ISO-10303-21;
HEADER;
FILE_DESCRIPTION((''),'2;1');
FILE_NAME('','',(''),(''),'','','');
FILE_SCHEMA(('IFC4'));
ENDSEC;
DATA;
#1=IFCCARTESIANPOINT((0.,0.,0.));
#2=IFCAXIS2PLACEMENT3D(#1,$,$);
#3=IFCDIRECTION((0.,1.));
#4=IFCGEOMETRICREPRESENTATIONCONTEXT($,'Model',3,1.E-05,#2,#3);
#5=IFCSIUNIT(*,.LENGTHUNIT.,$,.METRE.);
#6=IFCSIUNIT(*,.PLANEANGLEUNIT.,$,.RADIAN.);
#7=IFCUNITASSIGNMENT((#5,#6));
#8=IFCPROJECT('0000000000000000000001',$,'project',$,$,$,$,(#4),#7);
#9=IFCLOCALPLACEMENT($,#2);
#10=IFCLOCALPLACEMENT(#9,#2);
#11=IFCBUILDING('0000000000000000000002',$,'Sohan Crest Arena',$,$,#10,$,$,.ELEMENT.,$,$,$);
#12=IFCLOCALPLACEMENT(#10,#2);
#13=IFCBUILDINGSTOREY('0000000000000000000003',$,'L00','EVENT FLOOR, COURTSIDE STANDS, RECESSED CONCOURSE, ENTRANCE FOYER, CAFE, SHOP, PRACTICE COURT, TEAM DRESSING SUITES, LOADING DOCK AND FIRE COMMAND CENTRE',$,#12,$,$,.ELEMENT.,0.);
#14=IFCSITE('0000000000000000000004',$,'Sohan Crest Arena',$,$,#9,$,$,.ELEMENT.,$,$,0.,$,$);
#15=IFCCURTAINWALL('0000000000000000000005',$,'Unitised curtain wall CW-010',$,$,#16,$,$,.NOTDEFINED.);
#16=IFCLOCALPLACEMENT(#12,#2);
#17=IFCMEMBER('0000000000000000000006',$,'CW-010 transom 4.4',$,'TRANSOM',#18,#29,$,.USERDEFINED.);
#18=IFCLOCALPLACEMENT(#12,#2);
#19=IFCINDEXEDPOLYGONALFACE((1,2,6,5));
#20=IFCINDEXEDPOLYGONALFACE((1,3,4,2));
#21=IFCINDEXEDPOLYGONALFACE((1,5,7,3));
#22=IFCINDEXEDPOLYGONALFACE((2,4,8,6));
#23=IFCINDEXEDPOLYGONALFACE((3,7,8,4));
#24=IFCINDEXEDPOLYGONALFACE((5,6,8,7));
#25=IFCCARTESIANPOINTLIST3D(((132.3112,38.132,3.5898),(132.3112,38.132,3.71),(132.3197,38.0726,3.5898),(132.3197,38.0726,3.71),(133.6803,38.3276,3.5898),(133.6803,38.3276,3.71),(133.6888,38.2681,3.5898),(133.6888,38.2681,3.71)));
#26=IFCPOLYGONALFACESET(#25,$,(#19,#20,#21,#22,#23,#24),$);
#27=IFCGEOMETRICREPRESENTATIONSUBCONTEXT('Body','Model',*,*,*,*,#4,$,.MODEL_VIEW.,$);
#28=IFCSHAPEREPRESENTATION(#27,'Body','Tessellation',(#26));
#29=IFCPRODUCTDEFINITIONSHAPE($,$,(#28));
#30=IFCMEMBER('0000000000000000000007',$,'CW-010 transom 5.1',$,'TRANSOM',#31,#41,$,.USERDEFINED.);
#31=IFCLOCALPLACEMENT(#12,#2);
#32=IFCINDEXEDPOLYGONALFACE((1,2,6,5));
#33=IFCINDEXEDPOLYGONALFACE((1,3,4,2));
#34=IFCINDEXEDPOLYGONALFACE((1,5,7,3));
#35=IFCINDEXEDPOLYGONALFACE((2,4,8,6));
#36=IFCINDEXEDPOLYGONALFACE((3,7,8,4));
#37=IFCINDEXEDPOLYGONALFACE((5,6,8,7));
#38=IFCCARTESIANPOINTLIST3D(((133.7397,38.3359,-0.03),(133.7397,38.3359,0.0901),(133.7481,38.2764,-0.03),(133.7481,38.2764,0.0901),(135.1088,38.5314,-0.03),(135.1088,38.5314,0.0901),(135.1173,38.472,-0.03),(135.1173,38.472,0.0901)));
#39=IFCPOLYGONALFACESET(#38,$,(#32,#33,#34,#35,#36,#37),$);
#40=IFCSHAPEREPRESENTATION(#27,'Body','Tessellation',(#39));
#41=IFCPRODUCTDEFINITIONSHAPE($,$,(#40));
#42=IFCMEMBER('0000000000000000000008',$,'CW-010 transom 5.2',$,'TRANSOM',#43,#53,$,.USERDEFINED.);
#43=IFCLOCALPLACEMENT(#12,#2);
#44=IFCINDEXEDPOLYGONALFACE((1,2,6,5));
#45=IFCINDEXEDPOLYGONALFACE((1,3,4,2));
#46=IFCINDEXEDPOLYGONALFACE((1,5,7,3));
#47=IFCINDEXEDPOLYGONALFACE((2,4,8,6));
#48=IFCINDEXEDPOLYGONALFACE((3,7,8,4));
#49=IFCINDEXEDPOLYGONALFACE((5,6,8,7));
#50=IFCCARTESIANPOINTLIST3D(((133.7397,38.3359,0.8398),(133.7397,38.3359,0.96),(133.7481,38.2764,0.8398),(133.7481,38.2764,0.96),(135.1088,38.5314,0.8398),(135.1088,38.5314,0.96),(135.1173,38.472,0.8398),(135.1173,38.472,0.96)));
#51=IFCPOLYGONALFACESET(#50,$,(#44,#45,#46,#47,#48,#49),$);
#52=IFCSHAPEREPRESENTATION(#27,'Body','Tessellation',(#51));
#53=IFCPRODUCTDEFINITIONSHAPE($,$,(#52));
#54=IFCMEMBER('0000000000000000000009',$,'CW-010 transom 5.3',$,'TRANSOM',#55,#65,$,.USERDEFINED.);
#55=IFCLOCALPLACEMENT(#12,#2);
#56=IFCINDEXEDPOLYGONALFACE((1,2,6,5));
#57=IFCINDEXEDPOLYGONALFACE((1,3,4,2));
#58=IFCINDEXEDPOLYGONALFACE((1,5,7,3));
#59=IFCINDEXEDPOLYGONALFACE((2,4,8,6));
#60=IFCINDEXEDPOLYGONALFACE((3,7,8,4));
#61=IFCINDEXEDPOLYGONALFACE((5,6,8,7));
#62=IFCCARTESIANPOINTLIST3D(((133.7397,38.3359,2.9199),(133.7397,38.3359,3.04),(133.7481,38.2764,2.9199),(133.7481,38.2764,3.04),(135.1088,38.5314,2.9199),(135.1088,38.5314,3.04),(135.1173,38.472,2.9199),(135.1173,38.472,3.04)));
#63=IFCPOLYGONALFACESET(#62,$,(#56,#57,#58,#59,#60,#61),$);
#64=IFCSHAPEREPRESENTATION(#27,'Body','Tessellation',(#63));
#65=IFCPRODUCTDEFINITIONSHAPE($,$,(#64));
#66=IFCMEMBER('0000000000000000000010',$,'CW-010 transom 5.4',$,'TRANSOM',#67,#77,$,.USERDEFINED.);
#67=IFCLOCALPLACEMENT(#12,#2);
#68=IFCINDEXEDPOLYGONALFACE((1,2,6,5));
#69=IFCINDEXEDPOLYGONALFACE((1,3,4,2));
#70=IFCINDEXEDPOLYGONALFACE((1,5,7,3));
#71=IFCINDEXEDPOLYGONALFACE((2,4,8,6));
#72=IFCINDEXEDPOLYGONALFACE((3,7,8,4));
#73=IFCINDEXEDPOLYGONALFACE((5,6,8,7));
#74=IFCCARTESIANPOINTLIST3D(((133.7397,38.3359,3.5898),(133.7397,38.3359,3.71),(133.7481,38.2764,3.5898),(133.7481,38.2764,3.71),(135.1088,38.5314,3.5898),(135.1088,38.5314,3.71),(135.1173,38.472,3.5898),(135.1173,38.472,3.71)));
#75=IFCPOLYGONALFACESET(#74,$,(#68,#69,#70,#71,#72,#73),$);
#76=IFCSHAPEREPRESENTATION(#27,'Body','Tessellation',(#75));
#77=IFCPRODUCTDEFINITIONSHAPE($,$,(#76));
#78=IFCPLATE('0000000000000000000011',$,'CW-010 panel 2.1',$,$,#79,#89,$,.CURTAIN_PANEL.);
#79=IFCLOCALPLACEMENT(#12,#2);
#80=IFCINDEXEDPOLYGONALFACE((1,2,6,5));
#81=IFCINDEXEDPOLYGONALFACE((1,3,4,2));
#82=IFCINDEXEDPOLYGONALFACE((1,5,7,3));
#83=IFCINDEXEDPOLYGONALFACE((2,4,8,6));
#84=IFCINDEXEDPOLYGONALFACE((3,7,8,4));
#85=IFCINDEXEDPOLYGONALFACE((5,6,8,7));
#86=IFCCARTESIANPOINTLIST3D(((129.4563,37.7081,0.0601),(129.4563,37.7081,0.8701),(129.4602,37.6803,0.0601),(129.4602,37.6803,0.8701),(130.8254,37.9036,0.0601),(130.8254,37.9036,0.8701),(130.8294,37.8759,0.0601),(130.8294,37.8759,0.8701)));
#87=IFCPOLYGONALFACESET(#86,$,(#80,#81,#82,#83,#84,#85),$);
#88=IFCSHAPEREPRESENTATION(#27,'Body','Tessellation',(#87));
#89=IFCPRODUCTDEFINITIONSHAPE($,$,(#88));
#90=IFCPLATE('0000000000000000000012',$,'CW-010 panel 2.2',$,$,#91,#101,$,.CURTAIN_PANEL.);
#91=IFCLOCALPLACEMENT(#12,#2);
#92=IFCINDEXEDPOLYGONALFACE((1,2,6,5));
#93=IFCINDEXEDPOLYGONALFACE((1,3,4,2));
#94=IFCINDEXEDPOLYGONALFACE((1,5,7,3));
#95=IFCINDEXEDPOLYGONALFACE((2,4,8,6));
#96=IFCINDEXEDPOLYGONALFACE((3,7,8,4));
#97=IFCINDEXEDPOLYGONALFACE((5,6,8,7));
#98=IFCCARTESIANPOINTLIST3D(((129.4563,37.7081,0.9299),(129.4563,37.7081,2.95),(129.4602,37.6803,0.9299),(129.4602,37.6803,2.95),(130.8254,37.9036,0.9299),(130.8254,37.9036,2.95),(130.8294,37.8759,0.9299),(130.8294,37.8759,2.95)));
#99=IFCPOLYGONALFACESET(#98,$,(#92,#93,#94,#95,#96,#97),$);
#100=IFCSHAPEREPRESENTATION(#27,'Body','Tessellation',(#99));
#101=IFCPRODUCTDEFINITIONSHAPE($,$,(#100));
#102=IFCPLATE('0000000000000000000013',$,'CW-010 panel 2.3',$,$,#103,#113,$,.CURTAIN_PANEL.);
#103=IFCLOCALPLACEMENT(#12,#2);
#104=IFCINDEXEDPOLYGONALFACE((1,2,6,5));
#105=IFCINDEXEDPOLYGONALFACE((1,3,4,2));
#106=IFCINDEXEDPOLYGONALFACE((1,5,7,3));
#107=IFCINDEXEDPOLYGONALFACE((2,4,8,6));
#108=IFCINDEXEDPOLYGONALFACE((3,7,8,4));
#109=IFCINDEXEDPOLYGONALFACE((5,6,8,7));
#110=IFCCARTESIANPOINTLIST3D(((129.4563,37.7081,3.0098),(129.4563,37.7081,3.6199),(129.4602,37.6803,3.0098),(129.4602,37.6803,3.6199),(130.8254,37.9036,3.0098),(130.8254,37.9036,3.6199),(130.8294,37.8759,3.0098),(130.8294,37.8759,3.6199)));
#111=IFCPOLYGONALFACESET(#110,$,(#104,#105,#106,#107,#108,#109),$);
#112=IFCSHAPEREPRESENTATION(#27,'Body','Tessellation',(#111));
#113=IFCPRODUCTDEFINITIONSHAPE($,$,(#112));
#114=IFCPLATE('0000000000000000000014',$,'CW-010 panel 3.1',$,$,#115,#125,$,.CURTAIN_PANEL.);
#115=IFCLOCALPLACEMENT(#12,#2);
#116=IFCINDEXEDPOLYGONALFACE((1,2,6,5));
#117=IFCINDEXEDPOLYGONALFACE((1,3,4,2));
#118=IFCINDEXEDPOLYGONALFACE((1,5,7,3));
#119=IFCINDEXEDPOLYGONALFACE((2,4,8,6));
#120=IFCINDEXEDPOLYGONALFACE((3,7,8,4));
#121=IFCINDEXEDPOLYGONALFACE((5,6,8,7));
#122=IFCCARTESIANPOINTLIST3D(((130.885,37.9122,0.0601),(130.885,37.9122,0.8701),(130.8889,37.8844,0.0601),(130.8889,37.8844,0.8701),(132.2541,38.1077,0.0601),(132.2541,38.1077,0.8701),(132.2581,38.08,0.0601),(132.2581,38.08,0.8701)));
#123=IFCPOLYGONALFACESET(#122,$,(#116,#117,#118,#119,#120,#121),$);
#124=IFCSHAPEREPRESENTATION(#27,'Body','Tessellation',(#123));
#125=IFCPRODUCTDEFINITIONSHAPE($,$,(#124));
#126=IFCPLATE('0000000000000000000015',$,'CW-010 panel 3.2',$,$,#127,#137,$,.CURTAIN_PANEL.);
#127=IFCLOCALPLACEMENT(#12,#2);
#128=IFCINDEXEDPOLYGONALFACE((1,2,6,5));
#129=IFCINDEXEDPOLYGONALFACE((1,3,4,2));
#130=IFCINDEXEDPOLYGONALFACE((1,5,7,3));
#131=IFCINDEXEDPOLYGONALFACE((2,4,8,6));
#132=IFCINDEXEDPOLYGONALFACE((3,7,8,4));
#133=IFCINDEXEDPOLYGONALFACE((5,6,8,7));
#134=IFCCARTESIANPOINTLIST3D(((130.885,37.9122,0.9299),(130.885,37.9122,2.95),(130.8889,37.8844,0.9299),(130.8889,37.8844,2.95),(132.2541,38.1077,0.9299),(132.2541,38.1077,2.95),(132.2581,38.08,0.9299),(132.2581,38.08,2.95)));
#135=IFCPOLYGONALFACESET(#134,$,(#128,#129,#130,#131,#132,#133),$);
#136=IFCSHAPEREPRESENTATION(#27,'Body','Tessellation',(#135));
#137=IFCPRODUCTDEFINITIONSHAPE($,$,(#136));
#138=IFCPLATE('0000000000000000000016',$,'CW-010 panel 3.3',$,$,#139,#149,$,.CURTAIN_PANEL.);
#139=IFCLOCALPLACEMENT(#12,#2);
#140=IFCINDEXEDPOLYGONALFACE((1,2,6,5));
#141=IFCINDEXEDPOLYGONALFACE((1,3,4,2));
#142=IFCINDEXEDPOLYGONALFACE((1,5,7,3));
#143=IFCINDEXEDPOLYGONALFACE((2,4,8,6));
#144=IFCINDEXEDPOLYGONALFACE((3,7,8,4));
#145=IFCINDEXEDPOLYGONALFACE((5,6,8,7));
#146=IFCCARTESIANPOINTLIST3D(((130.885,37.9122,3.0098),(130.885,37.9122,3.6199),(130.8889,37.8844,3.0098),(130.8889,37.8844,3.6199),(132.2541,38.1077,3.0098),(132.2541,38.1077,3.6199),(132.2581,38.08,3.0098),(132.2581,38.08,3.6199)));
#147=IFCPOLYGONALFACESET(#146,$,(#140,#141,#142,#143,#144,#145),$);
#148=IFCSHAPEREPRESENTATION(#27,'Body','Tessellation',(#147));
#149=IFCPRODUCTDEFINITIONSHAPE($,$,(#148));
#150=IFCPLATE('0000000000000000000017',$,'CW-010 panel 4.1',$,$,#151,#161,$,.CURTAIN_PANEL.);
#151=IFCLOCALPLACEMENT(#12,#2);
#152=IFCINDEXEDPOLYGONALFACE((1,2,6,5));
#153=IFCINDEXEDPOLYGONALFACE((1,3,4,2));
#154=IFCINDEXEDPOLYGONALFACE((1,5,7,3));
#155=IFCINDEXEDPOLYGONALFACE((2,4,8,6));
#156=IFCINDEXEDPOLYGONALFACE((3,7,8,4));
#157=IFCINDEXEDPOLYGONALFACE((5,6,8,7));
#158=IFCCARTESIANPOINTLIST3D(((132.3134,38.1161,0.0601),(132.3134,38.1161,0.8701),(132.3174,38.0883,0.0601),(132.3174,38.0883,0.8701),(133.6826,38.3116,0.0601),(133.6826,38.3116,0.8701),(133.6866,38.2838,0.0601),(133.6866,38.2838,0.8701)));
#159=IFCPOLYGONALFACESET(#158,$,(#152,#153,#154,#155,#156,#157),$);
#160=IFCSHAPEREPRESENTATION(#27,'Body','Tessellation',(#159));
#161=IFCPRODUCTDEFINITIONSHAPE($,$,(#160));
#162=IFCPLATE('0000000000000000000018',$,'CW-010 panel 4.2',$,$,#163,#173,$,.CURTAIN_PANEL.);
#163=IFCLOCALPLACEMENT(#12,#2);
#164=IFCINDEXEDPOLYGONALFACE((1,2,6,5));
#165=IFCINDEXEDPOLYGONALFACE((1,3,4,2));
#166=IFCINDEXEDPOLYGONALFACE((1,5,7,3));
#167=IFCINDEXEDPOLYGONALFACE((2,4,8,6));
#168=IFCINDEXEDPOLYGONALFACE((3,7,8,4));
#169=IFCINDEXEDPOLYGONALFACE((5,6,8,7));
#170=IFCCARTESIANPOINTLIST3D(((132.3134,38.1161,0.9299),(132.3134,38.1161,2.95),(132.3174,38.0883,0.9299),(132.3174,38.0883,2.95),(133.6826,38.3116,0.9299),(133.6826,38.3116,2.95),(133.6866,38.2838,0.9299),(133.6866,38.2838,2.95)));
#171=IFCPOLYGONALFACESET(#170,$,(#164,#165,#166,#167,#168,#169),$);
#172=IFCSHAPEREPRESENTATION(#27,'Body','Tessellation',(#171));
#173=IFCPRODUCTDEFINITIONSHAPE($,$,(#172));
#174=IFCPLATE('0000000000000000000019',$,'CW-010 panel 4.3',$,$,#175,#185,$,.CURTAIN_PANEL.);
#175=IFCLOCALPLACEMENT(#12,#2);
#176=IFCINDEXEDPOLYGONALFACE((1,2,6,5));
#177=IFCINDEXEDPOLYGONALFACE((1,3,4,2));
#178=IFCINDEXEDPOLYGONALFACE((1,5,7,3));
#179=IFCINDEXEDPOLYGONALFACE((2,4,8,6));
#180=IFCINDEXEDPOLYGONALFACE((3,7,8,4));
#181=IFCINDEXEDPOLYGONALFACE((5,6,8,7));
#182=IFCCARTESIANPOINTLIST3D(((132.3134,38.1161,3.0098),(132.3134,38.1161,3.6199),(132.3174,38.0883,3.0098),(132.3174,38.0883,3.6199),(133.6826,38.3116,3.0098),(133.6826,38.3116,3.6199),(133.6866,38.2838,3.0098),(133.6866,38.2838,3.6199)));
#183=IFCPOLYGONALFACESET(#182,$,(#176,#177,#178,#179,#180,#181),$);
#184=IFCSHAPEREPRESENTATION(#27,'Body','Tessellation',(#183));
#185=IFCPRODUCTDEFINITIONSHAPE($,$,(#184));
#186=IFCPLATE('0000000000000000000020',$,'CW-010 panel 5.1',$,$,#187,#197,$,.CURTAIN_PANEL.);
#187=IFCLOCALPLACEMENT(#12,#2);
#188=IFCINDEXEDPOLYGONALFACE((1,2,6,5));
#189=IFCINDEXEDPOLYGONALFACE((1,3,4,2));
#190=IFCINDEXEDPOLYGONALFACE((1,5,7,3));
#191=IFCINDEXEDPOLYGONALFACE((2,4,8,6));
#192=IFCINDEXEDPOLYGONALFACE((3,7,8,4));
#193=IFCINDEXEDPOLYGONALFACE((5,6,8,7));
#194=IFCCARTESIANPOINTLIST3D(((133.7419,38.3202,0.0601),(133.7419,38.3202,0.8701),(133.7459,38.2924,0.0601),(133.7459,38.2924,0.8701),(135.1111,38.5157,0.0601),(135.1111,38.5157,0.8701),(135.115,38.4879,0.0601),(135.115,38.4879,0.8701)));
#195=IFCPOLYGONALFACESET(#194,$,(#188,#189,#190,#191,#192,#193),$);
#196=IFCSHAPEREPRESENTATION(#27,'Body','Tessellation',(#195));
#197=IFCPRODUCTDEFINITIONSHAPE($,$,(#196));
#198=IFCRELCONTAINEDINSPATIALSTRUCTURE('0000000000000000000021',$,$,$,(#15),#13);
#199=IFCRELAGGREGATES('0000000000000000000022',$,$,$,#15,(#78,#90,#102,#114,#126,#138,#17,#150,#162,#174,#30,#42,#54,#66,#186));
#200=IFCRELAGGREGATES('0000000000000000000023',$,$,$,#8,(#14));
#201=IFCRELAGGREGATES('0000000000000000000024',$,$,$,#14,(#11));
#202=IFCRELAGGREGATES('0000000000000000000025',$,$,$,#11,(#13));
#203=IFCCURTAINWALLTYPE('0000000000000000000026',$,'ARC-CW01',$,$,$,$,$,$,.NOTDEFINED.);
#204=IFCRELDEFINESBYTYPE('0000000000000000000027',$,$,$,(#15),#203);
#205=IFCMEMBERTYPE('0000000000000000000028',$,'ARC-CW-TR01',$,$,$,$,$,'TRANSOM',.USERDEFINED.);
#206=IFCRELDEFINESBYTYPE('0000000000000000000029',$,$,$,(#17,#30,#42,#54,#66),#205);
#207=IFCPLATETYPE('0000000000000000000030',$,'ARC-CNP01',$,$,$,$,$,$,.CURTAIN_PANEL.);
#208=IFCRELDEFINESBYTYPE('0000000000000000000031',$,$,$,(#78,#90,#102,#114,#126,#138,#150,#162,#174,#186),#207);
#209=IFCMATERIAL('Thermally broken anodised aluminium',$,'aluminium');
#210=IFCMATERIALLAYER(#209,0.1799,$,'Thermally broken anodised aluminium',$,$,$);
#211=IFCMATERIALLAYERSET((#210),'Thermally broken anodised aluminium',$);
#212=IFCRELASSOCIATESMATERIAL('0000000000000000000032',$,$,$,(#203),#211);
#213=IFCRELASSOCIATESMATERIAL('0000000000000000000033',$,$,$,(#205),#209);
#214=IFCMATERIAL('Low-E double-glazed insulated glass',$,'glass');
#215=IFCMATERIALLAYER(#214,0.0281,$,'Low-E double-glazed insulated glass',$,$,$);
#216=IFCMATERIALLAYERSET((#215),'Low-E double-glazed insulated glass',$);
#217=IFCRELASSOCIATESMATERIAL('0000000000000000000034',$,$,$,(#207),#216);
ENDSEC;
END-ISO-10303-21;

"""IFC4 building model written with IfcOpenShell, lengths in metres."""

from ifc_helpers import new_model, si_unit, direction, frame, origin, origin_2d, place, context, subcontext, project, spatial, rectangle, extrude, material, layer, layer_set, material_profile, profile_set, type_object, element, aggregate, save


model = new_model("IFC4")

# Units and contexts
model_context = context("Model", 3, precision=1e-05, world=origin(), true_north=direction((0.0, 1.0)))
body_context = subcontext(model_context, "Body", "Model", "MODEL_VIEW")
ifc_project = project(units=[si_unit("LENGTHUNIT", "METRE"), si_unit("PLANEANGLEUNIT", "RADIAN")], contexts=[model_context])

# Site, building, storey
site_placement = place(None, origin())
site = spatial("IfcSite", under=ifc_project, at=site_placement, Name="Sohan Crest Arena", CompositionType="ELEMENT", RefElevation=0.0)
building_placement = place(site_placement, origin())
building = spatial("IfcBuilding", under=site, at=building_placement, Name="Sohan Crest Arena", CompositionType="ELEMENT")
storey_placement = place(building_placement, origin())
storey = spatial("IfcBuildingStorey", under=building, at=storey_placement, Name="L00", Description="EVENT FLOOR, COURTSIDE STANDS, RECESSED CONCOURSE, ENTRANCE FOYER, CAFE, SHOP, PRACTICE COURT, TEAM DRESSING SUITES, LOADING DOCK AND FIRE COMMAND CENTRE", CompositionType="ELEMENT", Elevation=0.0)

# Curtain wall, members, plates
ifc_material_1 = material(Name="Thermally broken anodised aluminium", Category="aluminium")
ifc_layer_1 = layer(ifc_material_1, 0.1799, Name="Thermally broken anodised aluminium")
ifc_layer_set_1 = layer_set([ifc_layer_1], Name="Thermally broken anodised aluminium")
curtain_wall_type = type_object("IfcCurtainWallType", Name="ARC-CW01", PredefinedType="NOTDEFINED", material=ifc_layer_set_1)
curtain_wall_placement = place(storey_placement, origin())
curtain_wall = element("IfcCurtainWall", 1, at=curtain_wall_placement, inside=storey, type_object=curtain_wall_type, Name="Unitised curtain wall CW-010", PredefinedType="NOTDEFINED")
ifc_material_profile_1 = material_profile(ifc_material_1, rectangle(XDim=0.0601, YDim=0.1201, at=origin_2d()), Name="ALU-TRAN 60x120")
ifc_profile_set_1 = profile_set([ifc_material_profile_1], Name="Thermally broken anodised aluminium")
member_type_1 = type_object("IfcMemberType", Name="ARC-CW-TR01", ElementType="TRANSOM", PredefinedType="USERDEFINED", material=ifc_profile_set_1)
member_1_placement = place(storey_placement, frame((132.3154, 38.1023, 3.6499), z_axis=(0.989953, 0.141397, 0.0), x_axis=(-0.141397, 0.989953, 0.0)))
member_1 = element("IfcMember", 2, at=member_1_placement, type_object=member_type_1, Name="CW-010 transom 4.4", ObjectType="TRANSOM", PredefinedType="USERDEFINED", context=body_context, shape_type="SweptSolid", body=[
    extrude(rectangle(XDim=0.0601, YDim=0.1201, at=origin_2d()), origin(), (0.0, 0.0, 1.0), 1.3831),
])
member_2_placement = place(storey_placement, frame((133.7439, 38.3062, 0.03), z_axis=(0.989953, 0.141397, 0.0), x_axis=(-0.141397, 0.989953, 0.0)))
member_2 = element("IfcMember", 3, at=member_2_placement, type_object=member_type_1, Name="CW-010 transom 5.1", ObjectType="TRANSOM", PredefinedType="USERDEFINED", context=body_context, shape_type="SweptSolid", body=[
    extrude(rectangle(XDim=0.0601, YDim=0.1201, at=origin_2d()), origin(), (0.0, 0.0, 1.0), 1.3831),
])
member_3_placement = place(storey_placement, frame((133.7439, 38.3062, 0.8999), z_axis=(0.989953, 0.141397, 0.0), x_axis=(-0.141397, 0.989953, 0.0)))
member_3 = element("IfcMember", 4, at=member_3_placement, type_object=member_type_1, Name="CW-010 transom 5.2", ObjectType="TRANSOM", PredefinedType="USERDEFINED", context=body_context, shape_type="SweptSolid", body=[
    extrude(rectangle(XDim=0.0601, YDim=0.1201, at=origin_2d()), origin(), (0.0, 0.0, 1.0), 1.3831),
])
member_4_placement = place(storey_placement, frame((133.7439, 38.3062, 2.98), z_axis=(0.989953, 0.141397, 0.0), x_axis=(-0.141397, 0.989953, 0.0)))
member_4 = element("IfcMember", 5, at=member_4_placement, type_object=member_type_1, Name="CW-010 transom 5.3", ObjectType="TRANSOM", PredefinedType="USERDEFINED", context=body_context, shape_type="SweptSolid", body=[
    extrude(rectangle(XDim=0.0601, YDim=0.1201, at=origin_2d()), origin(), (0.0, 0.0, 1.0), 1.3831),
])
member_5_placement = place(storey_placement, frame((133.7439, 38.3062, 3.6499), z_axis=(0.989953, 0.141397, 0.0), x_axis=(-0.141397, 0.989953, 0.0)))
member_5 = element("IfcMember", 6, at=member_5_placement, type_object=member_type_1, Name="CW-010 transom 5.4", ObjectType="TRANSOM", PredefinedType="USERDEFINED", context=body_context, shape_type="SweptSolid", body=[
    extrude(rectangle(XDim=0.0601, YDim=0.1201, at=origin_2d()), origin(), (0.0, 0.0, 1.0), 1.3831),
])
ifc_material_2 = material(Name="Low-E double-glazed insulated glass", Category="glass")
ifc_layer_2 = layer(ifc_material_2, 0.0281, Name="Low-E double-glazed insulated glass")
ifc_layer_set_2 = layer_set([ifc_layer_2], Name="Low-E double-glazed insulated glass")
plate_type = type_object("IfcPlateType", Name="ARC-CNP01", PredefinedType="CURTAIN_PANEL", material=ifc_layer_set_2)
plate_1_placement = place(storey_placement, frame((130.1428, 37.792, 0.0601), z_axis=(0.0, 0.0, 1.0), x_axis=(0.989957, 0.141366, 0.0)))
plate_1 = element("IfcPlate", 7, at=plate_1_placement, type_object=plate_type, Name="CW-010 panel 2.1", PredefinedType="CURTAIN_PANEL", context=body_context, shape_type="SweptSolid", body=[
    extrude(rectangle(XDim=1.3831, YDim=0.0281, at=origin_2d()), origin(), (0.0, 0.0, 1.0), 0.8101),
])
plate_2_placement = place(storey_placement, frame((130.1428, 37.792, 0.9299), z_axis=(0.0, 0.0, 1.0), x_axis=(0.989957, 0.141366, 0.0)))
plate_2 = element("IfcPlate", 8, at=plate_2_placement, type_object=plate_type, Name="CW-010 panel 2.2", PredefinedType="CURTAIN_PANEL", context=body_context, shape_type="SweptSolid", body=[
    extrude(rectangle(XDim=1.3831, YDim=0.0281, at=origin_2d()), origin(), (0.0, 0.0, 1.0), 2.02),
])
plate_3_placement = place(storey_placement, frame((130.1428, 37.792, 3.0098), z_axis=(0.0, 0.0, 1.0), x_axis=(0.989957, 0.141366, 0.0)))
plate_3 = element("IfcPlate", 9, at=plate_3_placement, type_object=plate_type, Name="CW-010 panel 2.3", PredefinedType="CURTAIN_PANEL", context=body_context, shape_type="SweptSolid", body=[
    extrude(rectangle(XDim=1.3831, YDim=0.0281, at=origin_2d()), origin(), (0.0, 0.0, 1.0), 0.6101),
])
plate_4_placement = place(storey_placement, frame((131.5715, 37.9961, 0.0601), z_axis=(0.0, 0.0, 1.0), x_axis=(0.989957, 0.141366, 0.0)))
plate_4 = element("IfcPlate", 10, at=plate_4_placement, type_object=plate_type, Name="CW-010 panel 3.1", PredefinedType="CURTAIN_PANEL", context=body_context, shape_type="SweptSolid", body=[
    extrude(rectangle(XDim=1.3831, YDim=0.0281, at=origin_2d()), origin(), (0.0, 0.0, 1.0), 0.8101),
])
plate_5_placement = place(storey_placement, frame((131.5715, 37.9961, 0.9299), z_axis=(0.0, 0.0, 1.0), x_axis=(0.989957, 0.141366, 0.0)))
plate_5 = element("IfcPlate", 11, at=plate_5_placement, type_object=plate_type, Name="CW-010 panel 3.2", PredefinedType="CURTAIN_PANEL", context=body_context, shape_type="SweptSolid", body=[
    extrude(rectangle(XDim=1.3831, YDim=0.0281, at=origin_2d()), origin(), (0.0, 0.0, 1.0), 2.02),
])
plate_6_placement = place(storey_placement, frame((131.5715, 37.9961, 3.0098), z_axis=(0.0, 0.0, 1.0), x_axis=(0.989957, 0.141366, 0.0)))
plate_6 = element("IfcPlate", 12, at=plate_6_placement, type_object=plate_type, Name="CW-010 panel 3.3", PredefinedType="CURTAIN_PANEL", context=body_context, shape_type="SweptSolid", body=[
    extrude(rectangle(XDim=1.3831, YDim=0.0281, at=origin_2d()), origin(), (0.0, 0.0, 1.0), 0.6101),
])
plate_7_placement = place(storey_placement, frame((133.0, 38.2, 0.0601), z_axis=(0.0, 0.0, 1.0), x_axis=(0.989957, 0.141366, 0.0)))
plate_7 = element("IfcPlate", 13, at=plate_7_placement, type_object=plate_type, Name="CW-010 panel 4.1", PredefinedType="CURTAIN_PANEL", context=body_context, shape_type="SweptSolid", body=[
    extrude(rectangle(XDim=1.3831, YDim=0.0281, at=origin_2d()), origin(), (0.0, 0.0, 1.0), 0.8101),
])
plate_8_placement = place(storey_placement, frame((133.0, 38.2, 0.9299), z_axis=(0.0, 0.0, 1.0), x_axis=(0.989957, 0.141366, 0.0)))
plate_8 = element("IfcPlate", 14, at=plate_8_placement, type_object=plate_type, Name="CW-010 panel 4.2", PredefinedType="CURTAIN_PANEL", context=body_context, shape_type="SweptSolid", body=[
    extrude(rectangle(XDim=1.3831, YDim=0.0281, at=origin_2d()), origin(), (0.0, 0.0, 1.0), 2.02),
])
plate_9_placement = place(storey_placement, frame((133.0, 38.2, 3.0098), z_axis=(0.0, 0.0, 1.0), x_axis=(0.989957, 0.141366, 0.0)))
plate_9 = element("IfcPlate", 15, at=plate_9_placement, type_object=plate_type, Name="CW-010 panel 4.3", PredefinedType="CURTAIN_PANEL", context=body_context, shape_type="SweptSolid", body=[
    extrude(rectangle(XDim=1.3831, YDim=0.0281, at=origin_2d()), origin(), (0.0, 0.0, 1.0), 0.6101),
])
plate_10_placement = place(storey_placement, frame((134.4285, 38.4041, 0.0601), z_axis=(0.0, 0.0, 1.0), x_axis=(0.989957, 0.141366, 0.0)))
plate_10 = element("IfcPlate", 16, at=plate_10_placement, type_object=plate_type, Name="CW-010 panel 5.1", PredefinedType="CURTAIN_PANEL", context=body_context, shape_type="SweptSolid", body=[
    extrude(rectangle(XDim=1.3831, YDim=0.0281, at=origin_2d()), origin(), (0.0, 0.0, 1.0), 0.8101),
])
aggregate(curtain_wall, [plate_1, plate_2, plate_3, plate_4, plate_5, plate_6, member_1, plate_7, plate_8, plate_9, member_2, member_3, member_4, member_5, plate_10])

save(model, "model.ifc")
